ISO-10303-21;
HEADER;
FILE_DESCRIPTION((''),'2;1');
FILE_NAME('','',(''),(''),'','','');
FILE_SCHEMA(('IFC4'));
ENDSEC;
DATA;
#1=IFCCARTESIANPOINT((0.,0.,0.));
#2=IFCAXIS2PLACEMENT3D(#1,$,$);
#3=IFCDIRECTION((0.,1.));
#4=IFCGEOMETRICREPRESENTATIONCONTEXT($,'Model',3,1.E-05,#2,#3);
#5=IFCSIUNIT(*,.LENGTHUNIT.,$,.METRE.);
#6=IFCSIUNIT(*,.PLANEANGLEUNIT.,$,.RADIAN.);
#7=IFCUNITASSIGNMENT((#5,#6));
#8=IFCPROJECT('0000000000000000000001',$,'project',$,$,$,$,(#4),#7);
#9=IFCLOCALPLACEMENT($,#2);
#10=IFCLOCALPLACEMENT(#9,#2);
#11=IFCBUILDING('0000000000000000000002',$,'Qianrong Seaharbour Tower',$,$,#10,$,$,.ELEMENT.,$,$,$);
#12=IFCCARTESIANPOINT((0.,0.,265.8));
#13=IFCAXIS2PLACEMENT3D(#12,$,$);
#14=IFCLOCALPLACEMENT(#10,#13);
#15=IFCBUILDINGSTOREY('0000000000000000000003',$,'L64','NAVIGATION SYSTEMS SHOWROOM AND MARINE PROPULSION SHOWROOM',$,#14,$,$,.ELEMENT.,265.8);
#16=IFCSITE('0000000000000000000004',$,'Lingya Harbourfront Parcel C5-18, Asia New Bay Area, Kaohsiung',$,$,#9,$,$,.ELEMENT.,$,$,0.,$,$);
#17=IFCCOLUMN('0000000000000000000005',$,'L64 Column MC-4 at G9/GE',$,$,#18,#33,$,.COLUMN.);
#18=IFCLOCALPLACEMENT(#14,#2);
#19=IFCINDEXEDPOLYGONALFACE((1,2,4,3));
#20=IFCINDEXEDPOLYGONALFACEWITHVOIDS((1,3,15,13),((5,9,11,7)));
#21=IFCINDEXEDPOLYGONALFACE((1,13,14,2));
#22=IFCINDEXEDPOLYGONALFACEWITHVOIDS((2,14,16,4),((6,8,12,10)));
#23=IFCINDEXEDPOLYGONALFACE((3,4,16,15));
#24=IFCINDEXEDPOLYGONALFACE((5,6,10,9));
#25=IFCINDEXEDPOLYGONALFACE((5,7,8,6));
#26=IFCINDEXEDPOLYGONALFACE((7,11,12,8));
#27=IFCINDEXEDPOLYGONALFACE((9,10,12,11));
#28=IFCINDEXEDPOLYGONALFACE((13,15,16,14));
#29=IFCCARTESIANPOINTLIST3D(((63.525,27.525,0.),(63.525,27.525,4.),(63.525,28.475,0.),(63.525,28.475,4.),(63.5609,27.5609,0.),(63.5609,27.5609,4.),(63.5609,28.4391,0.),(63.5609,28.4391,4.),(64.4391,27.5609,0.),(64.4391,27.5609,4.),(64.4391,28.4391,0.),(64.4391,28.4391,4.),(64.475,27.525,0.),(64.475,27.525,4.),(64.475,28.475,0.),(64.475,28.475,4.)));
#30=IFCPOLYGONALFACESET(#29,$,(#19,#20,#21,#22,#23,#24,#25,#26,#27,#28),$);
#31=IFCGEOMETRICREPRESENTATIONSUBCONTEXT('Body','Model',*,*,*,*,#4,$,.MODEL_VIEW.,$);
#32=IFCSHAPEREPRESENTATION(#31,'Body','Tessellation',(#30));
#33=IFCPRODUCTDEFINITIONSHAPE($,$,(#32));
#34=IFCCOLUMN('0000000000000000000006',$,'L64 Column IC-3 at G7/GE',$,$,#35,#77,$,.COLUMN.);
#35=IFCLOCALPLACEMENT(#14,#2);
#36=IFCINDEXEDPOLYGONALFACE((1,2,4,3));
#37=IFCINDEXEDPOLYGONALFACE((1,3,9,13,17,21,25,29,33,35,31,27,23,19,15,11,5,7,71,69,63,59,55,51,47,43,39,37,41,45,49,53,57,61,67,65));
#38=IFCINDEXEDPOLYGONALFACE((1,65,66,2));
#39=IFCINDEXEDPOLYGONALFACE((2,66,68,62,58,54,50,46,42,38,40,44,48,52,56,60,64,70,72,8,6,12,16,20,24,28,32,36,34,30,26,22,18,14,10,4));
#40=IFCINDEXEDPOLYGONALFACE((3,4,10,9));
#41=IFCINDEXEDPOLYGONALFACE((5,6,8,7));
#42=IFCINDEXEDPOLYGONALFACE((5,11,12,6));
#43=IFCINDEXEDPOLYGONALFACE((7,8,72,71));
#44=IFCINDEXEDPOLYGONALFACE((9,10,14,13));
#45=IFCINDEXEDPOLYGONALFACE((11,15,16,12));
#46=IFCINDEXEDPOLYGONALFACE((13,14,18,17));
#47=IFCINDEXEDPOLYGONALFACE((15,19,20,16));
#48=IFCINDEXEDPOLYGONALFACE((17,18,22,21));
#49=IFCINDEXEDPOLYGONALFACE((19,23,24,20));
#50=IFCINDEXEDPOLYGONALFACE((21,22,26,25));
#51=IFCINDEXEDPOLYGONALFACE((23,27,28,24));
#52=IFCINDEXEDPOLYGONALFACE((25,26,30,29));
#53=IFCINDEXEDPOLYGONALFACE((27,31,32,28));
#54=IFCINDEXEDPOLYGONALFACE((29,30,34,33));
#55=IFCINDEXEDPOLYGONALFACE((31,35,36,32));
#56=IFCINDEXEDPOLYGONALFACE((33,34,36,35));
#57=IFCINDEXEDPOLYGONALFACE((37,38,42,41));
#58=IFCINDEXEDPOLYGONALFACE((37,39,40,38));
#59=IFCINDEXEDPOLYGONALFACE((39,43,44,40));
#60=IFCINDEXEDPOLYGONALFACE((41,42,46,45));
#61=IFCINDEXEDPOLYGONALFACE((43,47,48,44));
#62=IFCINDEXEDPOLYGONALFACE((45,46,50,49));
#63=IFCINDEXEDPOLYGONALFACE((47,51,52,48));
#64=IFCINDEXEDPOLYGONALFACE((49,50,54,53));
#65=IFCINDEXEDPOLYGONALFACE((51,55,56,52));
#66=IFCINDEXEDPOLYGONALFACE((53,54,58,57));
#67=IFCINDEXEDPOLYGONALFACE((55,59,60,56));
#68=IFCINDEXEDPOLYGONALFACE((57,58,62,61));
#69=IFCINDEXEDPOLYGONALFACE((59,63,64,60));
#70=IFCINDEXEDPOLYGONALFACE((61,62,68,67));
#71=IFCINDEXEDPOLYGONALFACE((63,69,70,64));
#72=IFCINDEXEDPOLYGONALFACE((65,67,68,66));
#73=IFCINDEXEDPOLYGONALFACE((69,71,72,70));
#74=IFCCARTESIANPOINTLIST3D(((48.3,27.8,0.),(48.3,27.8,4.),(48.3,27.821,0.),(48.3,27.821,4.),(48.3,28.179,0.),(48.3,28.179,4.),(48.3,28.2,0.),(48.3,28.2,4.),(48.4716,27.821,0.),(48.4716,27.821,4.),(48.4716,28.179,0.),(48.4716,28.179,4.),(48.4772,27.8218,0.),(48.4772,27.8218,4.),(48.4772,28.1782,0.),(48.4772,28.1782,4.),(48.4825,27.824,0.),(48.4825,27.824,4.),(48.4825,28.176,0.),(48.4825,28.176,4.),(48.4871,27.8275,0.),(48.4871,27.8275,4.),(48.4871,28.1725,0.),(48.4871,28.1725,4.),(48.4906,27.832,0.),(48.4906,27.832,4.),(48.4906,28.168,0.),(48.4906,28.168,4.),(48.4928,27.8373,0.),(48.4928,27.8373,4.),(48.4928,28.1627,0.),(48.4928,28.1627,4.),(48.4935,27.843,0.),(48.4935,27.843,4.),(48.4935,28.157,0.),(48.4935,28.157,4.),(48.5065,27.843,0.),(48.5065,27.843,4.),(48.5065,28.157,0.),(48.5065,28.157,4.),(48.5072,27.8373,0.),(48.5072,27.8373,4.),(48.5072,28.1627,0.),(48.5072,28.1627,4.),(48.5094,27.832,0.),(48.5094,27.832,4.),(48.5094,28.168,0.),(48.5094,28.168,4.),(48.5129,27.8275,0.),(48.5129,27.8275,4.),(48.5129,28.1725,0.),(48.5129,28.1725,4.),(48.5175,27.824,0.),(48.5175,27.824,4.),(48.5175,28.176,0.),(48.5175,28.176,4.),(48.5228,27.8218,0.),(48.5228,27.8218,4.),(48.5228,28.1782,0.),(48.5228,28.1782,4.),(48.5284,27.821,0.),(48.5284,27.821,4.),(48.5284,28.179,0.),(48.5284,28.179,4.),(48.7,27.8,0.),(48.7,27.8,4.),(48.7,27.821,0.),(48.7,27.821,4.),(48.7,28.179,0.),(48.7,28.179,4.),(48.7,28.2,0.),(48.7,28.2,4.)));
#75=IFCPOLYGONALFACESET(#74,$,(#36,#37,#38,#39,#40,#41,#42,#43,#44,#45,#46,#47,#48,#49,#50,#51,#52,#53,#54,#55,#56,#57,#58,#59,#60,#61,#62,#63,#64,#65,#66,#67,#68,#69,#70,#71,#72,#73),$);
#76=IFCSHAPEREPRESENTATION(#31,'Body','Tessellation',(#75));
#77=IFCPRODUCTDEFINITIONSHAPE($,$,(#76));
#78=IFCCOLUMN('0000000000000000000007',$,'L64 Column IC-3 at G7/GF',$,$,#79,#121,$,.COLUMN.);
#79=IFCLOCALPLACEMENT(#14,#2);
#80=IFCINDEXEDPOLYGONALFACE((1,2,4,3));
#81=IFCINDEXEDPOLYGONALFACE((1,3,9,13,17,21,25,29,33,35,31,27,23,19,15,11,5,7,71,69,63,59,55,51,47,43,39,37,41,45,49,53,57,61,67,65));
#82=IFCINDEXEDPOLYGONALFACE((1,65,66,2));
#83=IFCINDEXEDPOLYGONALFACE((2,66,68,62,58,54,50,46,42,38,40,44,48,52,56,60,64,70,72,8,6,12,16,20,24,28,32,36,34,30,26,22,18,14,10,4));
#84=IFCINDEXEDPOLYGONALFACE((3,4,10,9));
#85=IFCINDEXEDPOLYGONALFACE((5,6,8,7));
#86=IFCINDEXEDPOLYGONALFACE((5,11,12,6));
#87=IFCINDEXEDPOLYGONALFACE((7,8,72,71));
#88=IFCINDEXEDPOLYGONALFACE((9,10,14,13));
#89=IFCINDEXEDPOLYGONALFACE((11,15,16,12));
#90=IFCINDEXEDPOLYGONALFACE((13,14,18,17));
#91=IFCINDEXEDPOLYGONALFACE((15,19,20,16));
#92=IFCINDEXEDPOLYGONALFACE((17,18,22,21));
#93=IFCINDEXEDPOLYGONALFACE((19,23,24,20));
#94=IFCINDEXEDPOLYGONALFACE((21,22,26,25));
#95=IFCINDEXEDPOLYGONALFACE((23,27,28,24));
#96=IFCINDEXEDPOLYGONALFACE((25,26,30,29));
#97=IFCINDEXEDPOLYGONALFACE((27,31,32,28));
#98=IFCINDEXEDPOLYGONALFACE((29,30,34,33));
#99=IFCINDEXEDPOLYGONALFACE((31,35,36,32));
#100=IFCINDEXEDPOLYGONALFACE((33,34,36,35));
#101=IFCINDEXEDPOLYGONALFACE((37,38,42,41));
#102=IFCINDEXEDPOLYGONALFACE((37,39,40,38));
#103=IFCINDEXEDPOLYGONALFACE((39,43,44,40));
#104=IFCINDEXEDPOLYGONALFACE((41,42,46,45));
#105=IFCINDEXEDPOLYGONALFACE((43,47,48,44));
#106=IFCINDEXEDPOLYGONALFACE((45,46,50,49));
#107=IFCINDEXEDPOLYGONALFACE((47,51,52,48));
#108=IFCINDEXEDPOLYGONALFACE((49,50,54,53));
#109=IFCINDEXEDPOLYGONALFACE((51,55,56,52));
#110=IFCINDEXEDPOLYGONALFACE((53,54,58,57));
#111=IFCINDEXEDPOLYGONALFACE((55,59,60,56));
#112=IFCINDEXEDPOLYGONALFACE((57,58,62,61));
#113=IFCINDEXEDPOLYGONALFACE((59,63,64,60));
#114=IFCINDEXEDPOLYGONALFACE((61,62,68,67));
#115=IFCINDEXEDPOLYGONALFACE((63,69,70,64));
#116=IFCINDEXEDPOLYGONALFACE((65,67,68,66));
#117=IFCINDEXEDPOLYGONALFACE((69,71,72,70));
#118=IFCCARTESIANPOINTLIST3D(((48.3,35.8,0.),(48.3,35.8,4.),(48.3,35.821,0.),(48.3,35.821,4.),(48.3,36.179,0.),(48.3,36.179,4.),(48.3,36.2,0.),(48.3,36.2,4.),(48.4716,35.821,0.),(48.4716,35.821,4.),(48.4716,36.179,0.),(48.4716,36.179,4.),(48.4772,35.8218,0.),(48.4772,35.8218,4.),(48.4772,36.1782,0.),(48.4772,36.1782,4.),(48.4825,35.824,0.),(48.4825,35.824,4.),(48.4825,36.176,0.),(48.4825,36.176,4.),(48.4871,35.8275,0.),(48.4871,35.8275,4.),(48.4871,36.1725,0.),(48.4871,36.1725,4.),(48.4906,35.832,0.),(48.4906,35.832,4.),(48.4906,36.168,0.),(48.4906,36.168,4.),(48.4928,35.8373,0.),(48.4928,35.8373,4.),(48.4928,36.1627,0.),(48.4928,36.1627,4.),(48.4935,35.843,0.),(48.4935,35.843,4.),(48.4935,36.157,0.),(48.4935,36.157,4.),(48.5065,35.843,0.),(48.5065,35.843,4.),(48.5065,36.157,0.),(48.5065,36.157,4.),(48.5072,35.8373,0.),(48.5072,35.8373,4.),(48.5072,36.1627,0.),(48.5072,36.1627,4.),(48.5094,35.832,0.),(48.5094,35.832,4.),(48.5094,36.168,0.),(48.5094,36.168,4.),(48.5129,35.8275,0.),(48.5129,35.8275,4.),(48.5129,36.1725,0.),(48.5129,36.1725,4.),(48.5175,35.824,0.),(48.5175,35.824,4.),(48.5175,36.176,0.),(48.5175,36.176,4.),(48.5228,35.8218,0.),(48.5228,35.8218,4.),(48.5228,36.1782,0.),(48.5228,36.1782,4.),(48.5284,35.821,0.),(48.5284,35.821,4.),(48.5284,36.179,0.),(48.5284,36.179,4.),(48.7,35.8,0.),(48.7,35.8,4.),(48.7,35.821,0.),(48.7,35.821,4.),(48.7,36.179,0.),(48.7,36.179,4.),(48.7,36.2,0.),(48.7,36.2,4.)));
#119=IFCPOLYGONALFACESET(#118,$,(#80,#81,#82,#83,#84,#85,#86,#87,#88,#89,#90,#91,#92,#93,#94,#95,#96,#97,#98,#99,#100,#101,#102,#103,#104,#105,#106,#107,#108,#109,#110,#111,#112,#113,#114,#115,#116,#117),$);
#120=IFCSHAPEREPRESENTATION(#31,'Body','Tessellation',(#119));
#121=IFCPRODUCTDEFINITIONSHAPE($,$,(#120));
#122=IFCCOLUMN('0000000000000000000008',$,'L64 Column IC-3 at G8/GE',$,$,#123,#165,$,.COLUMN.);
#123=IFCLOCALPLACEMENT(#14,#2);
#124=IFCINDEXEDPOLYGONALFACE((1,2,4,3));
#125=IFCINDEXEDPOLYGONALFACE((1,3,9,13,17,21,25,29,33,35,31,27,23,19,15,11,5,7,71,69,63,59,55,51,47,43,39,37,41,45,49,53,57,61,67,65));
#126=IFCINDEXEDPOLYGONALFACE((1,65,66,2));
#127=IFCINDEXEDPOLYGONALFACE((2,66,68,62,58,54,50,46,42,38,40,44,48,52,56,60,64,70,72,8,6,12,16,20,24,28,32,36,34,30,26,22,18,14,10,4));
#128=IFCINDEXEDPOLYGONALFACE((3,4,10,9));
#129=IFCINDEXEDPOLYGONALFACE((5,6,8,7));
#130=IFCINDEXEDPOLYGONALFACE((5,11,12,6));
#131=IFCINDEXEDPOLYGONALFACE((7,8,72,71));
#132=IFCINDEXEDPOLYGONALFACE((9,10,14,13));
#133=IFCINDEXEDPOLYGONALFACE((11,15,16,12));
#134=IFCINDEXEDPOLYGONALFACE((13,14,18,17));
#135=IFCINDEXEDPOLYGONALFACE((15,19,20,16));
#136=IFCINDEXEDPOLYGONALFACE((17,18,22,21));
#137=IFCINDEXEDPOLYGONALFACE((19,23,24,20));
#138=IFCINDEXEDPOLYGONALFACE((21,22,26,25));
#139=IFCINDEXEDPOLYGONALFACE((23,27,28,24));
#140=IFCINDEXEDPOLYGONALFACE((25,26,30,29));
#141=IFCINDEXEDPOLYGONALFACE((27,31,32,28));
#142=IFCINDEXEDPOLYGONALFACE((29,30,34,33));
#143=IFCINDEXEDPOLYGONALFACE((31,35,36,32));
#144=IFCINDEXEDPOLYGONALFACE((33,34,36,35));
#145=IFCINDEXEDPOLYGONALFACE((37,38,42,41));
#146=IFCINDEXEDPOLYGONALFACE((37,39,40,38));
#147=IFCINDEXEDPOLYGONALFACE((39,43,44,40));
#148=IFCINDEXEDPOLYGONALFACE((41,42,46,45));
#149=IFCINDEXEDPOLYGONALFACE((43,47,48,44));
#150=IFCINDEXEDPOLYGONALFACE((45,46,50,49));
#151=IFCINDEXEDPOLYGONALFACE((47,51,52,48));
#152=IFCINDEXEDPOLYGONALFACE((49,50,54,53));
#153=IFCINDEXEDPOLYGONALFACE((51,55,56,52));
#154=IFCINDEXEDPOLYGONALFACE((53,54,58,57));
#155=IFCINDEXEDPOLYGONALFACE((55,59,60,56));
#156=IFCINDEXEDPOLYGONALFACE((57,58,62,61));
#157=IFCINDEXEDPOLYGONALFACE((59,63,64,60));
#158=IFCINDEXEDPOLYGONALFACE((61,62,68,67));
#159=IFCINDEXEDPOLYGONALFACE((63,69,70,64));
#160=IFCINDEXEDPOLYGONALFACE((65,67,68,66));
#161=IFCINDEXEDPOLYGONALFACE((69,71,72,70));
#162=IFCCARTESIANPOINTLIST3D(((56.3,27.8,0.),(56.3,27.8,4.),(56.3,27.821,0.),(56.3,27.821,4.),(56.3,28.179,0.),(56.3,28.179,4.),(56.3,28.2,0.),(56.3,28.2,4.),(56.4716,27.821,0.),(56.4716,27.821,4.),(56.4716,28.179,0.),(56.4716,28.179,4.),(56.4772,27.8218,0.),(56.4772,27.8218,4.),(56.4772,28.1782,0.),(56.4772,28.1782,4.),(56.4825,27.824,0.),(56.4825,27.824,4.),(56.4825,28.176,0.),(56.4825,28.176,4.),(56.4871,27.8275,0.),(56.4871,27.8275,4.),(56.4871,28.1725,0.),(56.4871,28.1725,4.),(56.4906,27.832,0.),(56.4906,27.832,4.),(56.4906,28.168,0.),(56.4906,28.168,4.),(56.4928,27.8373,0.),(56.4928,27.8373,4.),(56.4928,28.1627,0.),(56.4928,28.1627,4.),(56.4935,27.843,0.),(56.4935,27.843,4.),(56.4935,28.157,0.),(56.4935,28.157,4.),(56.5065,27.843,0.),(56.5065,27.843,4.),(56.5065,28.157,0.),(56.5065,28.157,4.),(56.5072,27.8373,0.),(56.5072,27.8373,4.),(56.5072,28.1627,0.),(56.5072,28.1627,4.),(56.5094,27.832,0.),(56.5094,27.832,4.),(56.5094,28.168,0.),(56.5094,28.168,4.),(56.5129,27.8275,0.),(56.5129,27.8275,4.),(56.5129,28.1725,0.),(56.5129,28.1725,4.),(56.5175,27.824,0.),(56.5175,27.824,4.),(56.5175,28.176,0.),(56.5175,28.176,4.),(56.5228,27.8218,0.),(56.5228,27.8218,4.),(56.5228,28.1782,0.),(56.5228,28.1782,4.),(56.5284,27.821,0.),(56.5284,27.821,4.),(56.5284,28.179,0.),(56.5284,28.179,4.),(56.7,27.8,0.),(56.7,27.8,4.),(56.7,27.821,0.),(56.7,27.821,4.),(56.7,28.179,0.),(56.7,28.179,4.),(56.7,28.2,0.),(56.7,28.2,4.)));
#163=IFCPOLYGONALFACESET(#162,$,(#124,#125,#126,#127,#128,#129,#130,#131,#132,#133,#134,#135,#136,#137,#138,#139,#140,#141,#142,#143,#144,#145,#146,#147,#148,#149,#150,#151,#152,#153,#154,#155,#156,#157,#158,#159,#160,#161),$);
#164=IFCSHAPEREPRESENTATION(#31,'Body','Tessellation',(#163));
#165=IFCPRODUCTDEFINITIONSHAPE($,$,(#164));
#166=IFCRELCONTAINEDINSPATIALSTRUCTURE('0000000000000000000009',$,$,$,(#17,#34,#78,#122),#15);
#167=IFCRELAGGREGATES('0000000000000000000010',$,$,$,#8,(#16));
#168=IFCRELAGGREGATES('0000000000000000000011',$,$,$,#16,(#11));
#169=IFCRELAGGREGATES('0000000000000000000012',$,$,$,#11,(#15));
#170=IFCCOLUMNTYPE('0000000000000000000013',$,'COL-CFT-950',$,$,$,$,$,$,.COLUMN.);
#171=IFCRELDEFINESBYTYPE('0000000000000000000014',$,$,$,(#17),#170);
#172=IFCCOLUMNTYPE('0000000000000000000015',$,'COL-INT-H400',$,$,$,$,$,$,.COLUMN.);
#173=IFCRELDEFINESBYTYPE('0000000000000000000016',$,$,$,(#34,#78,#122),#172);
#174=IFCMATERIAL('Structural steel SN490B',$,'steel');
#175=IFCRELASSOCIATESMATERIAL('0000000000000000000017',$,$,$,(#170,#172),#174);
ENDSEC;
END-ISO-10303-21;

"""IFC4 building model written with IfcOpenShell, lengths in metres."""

from ifc_helpers import new_model, si_unit, direction, frame, origin, origin_2d, place, context, subcontext, project, spatial, hollow_rectangle, i_section, extrude, material, material_profile, profile_set, type_object, element, save


model = new_model("IFC4")

# Units and contexts
model_context = context("Model", 3, precision=1e-05, world=origin(), true_north=direction((0.0, 1.0)))
body_context = subcontext(model_context, "Body", "Model", "MODEL_VIEW")
ifc_project = project(units=[si_unit("LENGTHUNIT", "METRE"), si_unit("PLANEANGLEUNIT", "RADIAN")], contexts=[model_context])

# Site, building, storey
site_placement = place(None, origin())
site = spatial("IfcSite", under=ifc_project, at=site_placement, Name="Lingya Harbourfront Parcel C5-18, Asia New Bay Area, Kaohsiung", CompositionType="ELEMENT", RefElevation=0.0)
building_placement = place(site_placement, origin())
building = spatial("IfcBuilding", under=site, at=building_placement, Name="Qianrong Seaharbour Tower", CompositionType="ELEMENT")
storey_placement = place(building_placement, frame((0.0, 0.0, 265.8)))
storey = spatial("IfcBuildingStorey", under=building, at=storey_placement, Name="L64", Description="NAVIGATION SYSTEMS SHOWROOM AND MARINE PROPULSION SHOWROOM", CompositionType="ELEMENT", Elevation=265.8)

# Columns
ifc_material_1 = material(Name="Structural steel SN490B", Category="steel")
ifc_material_profile_1 = material_profile(ifc_material_1, hollow_rectangle(XDim=0.95, YDim=0.95, WallThickness=0.0359, at=origin_2d()), Name="BOX950x950x36")
ifc_profile_set_1 = profile_set([ifc_material_profile_1], Name="Structural steel SN490B")
column_type_1 = type_object("IfcColumnType", Name="COL-CFT-950", PredefinedType="COLUMN", material=ifc_profile_set_1)
column_placement = place(storey_placement, frame((64.0, 28.0, 0.0), z_axis=(0.0, 0.0, 1.0), x_axis=(1.0, 0.0, 0.0)))
element("IfcColumn", 1, at=column_placement, inside=storey, type_object=column_type_1, Name="L64 Column MC-4 at G9/GE", PredefinedType="COLUMN", context=body_context, shape_type="SweptSolid", body=[
    extrude(hollow_rectangle(XDim=0.95, YDim=0.95, WallThickness=0.0359, at=origin_2d()), origin(), (0.0, 0.0, 1.0), 4.0),
])
ifc_material_profile_2 = material_profile(ifc_material_1, i_section(OverallWidth=0.3999, OverallDepth=0.3999, WebThickness=0.0129, FlangeThickness=0.021, FilletRadius=0.022, at=origin_2d()), Name="H400x400x13x21")
ifc_profile_set_2 = profile_set([ifc_material_profile_2], Name="Structural steel SN490B")
column_type_2 = type_object("IfcColumnType", Name="COL-INT-H400", PredefinedType="COLUMN", material=ifc_profile_set_2)
for number, where, z_axis, x_axis, name in (
    (2, (48.5, 28.0, 0.0), (0.0, 0.0, 1.0), (1.0, 0.0, 0.0), "L64 Column IC-3 at G7/GE"),
    (3, (48.5, 36.0, 0.0), (0.0, 0.0, 1.0), (1.0, 0.0, 0.0), "L64 Column IC-3 at G7/GF"),
    (4, (56.5, 28.0, 0.0), (0.0, 0.0, 1.0), (1.0, 0.0, 0.0), "L64 Column IC-3 at G8/GE"),
):
    element("IfcColumn", number, at=place(storey_placement, frame(where, z_axis=z_axis, x_axis=x_axis)), inside=storey, type_object=column_type_2, Name=name, PredefinedType="COLUMN", context=body_context, shape_type="SweptSolid", body=[
        extrude(i_section(OverallWidth=0.3999, OverallDepth=0.3999, WebThickness=0.0129, FlangeThickness=0.021, FilletRadius=0.022, at=origin_2d()), origin(), (0.0, 0.0, 1.0), 4.0),
    ])

save(model, "model.ifc")
